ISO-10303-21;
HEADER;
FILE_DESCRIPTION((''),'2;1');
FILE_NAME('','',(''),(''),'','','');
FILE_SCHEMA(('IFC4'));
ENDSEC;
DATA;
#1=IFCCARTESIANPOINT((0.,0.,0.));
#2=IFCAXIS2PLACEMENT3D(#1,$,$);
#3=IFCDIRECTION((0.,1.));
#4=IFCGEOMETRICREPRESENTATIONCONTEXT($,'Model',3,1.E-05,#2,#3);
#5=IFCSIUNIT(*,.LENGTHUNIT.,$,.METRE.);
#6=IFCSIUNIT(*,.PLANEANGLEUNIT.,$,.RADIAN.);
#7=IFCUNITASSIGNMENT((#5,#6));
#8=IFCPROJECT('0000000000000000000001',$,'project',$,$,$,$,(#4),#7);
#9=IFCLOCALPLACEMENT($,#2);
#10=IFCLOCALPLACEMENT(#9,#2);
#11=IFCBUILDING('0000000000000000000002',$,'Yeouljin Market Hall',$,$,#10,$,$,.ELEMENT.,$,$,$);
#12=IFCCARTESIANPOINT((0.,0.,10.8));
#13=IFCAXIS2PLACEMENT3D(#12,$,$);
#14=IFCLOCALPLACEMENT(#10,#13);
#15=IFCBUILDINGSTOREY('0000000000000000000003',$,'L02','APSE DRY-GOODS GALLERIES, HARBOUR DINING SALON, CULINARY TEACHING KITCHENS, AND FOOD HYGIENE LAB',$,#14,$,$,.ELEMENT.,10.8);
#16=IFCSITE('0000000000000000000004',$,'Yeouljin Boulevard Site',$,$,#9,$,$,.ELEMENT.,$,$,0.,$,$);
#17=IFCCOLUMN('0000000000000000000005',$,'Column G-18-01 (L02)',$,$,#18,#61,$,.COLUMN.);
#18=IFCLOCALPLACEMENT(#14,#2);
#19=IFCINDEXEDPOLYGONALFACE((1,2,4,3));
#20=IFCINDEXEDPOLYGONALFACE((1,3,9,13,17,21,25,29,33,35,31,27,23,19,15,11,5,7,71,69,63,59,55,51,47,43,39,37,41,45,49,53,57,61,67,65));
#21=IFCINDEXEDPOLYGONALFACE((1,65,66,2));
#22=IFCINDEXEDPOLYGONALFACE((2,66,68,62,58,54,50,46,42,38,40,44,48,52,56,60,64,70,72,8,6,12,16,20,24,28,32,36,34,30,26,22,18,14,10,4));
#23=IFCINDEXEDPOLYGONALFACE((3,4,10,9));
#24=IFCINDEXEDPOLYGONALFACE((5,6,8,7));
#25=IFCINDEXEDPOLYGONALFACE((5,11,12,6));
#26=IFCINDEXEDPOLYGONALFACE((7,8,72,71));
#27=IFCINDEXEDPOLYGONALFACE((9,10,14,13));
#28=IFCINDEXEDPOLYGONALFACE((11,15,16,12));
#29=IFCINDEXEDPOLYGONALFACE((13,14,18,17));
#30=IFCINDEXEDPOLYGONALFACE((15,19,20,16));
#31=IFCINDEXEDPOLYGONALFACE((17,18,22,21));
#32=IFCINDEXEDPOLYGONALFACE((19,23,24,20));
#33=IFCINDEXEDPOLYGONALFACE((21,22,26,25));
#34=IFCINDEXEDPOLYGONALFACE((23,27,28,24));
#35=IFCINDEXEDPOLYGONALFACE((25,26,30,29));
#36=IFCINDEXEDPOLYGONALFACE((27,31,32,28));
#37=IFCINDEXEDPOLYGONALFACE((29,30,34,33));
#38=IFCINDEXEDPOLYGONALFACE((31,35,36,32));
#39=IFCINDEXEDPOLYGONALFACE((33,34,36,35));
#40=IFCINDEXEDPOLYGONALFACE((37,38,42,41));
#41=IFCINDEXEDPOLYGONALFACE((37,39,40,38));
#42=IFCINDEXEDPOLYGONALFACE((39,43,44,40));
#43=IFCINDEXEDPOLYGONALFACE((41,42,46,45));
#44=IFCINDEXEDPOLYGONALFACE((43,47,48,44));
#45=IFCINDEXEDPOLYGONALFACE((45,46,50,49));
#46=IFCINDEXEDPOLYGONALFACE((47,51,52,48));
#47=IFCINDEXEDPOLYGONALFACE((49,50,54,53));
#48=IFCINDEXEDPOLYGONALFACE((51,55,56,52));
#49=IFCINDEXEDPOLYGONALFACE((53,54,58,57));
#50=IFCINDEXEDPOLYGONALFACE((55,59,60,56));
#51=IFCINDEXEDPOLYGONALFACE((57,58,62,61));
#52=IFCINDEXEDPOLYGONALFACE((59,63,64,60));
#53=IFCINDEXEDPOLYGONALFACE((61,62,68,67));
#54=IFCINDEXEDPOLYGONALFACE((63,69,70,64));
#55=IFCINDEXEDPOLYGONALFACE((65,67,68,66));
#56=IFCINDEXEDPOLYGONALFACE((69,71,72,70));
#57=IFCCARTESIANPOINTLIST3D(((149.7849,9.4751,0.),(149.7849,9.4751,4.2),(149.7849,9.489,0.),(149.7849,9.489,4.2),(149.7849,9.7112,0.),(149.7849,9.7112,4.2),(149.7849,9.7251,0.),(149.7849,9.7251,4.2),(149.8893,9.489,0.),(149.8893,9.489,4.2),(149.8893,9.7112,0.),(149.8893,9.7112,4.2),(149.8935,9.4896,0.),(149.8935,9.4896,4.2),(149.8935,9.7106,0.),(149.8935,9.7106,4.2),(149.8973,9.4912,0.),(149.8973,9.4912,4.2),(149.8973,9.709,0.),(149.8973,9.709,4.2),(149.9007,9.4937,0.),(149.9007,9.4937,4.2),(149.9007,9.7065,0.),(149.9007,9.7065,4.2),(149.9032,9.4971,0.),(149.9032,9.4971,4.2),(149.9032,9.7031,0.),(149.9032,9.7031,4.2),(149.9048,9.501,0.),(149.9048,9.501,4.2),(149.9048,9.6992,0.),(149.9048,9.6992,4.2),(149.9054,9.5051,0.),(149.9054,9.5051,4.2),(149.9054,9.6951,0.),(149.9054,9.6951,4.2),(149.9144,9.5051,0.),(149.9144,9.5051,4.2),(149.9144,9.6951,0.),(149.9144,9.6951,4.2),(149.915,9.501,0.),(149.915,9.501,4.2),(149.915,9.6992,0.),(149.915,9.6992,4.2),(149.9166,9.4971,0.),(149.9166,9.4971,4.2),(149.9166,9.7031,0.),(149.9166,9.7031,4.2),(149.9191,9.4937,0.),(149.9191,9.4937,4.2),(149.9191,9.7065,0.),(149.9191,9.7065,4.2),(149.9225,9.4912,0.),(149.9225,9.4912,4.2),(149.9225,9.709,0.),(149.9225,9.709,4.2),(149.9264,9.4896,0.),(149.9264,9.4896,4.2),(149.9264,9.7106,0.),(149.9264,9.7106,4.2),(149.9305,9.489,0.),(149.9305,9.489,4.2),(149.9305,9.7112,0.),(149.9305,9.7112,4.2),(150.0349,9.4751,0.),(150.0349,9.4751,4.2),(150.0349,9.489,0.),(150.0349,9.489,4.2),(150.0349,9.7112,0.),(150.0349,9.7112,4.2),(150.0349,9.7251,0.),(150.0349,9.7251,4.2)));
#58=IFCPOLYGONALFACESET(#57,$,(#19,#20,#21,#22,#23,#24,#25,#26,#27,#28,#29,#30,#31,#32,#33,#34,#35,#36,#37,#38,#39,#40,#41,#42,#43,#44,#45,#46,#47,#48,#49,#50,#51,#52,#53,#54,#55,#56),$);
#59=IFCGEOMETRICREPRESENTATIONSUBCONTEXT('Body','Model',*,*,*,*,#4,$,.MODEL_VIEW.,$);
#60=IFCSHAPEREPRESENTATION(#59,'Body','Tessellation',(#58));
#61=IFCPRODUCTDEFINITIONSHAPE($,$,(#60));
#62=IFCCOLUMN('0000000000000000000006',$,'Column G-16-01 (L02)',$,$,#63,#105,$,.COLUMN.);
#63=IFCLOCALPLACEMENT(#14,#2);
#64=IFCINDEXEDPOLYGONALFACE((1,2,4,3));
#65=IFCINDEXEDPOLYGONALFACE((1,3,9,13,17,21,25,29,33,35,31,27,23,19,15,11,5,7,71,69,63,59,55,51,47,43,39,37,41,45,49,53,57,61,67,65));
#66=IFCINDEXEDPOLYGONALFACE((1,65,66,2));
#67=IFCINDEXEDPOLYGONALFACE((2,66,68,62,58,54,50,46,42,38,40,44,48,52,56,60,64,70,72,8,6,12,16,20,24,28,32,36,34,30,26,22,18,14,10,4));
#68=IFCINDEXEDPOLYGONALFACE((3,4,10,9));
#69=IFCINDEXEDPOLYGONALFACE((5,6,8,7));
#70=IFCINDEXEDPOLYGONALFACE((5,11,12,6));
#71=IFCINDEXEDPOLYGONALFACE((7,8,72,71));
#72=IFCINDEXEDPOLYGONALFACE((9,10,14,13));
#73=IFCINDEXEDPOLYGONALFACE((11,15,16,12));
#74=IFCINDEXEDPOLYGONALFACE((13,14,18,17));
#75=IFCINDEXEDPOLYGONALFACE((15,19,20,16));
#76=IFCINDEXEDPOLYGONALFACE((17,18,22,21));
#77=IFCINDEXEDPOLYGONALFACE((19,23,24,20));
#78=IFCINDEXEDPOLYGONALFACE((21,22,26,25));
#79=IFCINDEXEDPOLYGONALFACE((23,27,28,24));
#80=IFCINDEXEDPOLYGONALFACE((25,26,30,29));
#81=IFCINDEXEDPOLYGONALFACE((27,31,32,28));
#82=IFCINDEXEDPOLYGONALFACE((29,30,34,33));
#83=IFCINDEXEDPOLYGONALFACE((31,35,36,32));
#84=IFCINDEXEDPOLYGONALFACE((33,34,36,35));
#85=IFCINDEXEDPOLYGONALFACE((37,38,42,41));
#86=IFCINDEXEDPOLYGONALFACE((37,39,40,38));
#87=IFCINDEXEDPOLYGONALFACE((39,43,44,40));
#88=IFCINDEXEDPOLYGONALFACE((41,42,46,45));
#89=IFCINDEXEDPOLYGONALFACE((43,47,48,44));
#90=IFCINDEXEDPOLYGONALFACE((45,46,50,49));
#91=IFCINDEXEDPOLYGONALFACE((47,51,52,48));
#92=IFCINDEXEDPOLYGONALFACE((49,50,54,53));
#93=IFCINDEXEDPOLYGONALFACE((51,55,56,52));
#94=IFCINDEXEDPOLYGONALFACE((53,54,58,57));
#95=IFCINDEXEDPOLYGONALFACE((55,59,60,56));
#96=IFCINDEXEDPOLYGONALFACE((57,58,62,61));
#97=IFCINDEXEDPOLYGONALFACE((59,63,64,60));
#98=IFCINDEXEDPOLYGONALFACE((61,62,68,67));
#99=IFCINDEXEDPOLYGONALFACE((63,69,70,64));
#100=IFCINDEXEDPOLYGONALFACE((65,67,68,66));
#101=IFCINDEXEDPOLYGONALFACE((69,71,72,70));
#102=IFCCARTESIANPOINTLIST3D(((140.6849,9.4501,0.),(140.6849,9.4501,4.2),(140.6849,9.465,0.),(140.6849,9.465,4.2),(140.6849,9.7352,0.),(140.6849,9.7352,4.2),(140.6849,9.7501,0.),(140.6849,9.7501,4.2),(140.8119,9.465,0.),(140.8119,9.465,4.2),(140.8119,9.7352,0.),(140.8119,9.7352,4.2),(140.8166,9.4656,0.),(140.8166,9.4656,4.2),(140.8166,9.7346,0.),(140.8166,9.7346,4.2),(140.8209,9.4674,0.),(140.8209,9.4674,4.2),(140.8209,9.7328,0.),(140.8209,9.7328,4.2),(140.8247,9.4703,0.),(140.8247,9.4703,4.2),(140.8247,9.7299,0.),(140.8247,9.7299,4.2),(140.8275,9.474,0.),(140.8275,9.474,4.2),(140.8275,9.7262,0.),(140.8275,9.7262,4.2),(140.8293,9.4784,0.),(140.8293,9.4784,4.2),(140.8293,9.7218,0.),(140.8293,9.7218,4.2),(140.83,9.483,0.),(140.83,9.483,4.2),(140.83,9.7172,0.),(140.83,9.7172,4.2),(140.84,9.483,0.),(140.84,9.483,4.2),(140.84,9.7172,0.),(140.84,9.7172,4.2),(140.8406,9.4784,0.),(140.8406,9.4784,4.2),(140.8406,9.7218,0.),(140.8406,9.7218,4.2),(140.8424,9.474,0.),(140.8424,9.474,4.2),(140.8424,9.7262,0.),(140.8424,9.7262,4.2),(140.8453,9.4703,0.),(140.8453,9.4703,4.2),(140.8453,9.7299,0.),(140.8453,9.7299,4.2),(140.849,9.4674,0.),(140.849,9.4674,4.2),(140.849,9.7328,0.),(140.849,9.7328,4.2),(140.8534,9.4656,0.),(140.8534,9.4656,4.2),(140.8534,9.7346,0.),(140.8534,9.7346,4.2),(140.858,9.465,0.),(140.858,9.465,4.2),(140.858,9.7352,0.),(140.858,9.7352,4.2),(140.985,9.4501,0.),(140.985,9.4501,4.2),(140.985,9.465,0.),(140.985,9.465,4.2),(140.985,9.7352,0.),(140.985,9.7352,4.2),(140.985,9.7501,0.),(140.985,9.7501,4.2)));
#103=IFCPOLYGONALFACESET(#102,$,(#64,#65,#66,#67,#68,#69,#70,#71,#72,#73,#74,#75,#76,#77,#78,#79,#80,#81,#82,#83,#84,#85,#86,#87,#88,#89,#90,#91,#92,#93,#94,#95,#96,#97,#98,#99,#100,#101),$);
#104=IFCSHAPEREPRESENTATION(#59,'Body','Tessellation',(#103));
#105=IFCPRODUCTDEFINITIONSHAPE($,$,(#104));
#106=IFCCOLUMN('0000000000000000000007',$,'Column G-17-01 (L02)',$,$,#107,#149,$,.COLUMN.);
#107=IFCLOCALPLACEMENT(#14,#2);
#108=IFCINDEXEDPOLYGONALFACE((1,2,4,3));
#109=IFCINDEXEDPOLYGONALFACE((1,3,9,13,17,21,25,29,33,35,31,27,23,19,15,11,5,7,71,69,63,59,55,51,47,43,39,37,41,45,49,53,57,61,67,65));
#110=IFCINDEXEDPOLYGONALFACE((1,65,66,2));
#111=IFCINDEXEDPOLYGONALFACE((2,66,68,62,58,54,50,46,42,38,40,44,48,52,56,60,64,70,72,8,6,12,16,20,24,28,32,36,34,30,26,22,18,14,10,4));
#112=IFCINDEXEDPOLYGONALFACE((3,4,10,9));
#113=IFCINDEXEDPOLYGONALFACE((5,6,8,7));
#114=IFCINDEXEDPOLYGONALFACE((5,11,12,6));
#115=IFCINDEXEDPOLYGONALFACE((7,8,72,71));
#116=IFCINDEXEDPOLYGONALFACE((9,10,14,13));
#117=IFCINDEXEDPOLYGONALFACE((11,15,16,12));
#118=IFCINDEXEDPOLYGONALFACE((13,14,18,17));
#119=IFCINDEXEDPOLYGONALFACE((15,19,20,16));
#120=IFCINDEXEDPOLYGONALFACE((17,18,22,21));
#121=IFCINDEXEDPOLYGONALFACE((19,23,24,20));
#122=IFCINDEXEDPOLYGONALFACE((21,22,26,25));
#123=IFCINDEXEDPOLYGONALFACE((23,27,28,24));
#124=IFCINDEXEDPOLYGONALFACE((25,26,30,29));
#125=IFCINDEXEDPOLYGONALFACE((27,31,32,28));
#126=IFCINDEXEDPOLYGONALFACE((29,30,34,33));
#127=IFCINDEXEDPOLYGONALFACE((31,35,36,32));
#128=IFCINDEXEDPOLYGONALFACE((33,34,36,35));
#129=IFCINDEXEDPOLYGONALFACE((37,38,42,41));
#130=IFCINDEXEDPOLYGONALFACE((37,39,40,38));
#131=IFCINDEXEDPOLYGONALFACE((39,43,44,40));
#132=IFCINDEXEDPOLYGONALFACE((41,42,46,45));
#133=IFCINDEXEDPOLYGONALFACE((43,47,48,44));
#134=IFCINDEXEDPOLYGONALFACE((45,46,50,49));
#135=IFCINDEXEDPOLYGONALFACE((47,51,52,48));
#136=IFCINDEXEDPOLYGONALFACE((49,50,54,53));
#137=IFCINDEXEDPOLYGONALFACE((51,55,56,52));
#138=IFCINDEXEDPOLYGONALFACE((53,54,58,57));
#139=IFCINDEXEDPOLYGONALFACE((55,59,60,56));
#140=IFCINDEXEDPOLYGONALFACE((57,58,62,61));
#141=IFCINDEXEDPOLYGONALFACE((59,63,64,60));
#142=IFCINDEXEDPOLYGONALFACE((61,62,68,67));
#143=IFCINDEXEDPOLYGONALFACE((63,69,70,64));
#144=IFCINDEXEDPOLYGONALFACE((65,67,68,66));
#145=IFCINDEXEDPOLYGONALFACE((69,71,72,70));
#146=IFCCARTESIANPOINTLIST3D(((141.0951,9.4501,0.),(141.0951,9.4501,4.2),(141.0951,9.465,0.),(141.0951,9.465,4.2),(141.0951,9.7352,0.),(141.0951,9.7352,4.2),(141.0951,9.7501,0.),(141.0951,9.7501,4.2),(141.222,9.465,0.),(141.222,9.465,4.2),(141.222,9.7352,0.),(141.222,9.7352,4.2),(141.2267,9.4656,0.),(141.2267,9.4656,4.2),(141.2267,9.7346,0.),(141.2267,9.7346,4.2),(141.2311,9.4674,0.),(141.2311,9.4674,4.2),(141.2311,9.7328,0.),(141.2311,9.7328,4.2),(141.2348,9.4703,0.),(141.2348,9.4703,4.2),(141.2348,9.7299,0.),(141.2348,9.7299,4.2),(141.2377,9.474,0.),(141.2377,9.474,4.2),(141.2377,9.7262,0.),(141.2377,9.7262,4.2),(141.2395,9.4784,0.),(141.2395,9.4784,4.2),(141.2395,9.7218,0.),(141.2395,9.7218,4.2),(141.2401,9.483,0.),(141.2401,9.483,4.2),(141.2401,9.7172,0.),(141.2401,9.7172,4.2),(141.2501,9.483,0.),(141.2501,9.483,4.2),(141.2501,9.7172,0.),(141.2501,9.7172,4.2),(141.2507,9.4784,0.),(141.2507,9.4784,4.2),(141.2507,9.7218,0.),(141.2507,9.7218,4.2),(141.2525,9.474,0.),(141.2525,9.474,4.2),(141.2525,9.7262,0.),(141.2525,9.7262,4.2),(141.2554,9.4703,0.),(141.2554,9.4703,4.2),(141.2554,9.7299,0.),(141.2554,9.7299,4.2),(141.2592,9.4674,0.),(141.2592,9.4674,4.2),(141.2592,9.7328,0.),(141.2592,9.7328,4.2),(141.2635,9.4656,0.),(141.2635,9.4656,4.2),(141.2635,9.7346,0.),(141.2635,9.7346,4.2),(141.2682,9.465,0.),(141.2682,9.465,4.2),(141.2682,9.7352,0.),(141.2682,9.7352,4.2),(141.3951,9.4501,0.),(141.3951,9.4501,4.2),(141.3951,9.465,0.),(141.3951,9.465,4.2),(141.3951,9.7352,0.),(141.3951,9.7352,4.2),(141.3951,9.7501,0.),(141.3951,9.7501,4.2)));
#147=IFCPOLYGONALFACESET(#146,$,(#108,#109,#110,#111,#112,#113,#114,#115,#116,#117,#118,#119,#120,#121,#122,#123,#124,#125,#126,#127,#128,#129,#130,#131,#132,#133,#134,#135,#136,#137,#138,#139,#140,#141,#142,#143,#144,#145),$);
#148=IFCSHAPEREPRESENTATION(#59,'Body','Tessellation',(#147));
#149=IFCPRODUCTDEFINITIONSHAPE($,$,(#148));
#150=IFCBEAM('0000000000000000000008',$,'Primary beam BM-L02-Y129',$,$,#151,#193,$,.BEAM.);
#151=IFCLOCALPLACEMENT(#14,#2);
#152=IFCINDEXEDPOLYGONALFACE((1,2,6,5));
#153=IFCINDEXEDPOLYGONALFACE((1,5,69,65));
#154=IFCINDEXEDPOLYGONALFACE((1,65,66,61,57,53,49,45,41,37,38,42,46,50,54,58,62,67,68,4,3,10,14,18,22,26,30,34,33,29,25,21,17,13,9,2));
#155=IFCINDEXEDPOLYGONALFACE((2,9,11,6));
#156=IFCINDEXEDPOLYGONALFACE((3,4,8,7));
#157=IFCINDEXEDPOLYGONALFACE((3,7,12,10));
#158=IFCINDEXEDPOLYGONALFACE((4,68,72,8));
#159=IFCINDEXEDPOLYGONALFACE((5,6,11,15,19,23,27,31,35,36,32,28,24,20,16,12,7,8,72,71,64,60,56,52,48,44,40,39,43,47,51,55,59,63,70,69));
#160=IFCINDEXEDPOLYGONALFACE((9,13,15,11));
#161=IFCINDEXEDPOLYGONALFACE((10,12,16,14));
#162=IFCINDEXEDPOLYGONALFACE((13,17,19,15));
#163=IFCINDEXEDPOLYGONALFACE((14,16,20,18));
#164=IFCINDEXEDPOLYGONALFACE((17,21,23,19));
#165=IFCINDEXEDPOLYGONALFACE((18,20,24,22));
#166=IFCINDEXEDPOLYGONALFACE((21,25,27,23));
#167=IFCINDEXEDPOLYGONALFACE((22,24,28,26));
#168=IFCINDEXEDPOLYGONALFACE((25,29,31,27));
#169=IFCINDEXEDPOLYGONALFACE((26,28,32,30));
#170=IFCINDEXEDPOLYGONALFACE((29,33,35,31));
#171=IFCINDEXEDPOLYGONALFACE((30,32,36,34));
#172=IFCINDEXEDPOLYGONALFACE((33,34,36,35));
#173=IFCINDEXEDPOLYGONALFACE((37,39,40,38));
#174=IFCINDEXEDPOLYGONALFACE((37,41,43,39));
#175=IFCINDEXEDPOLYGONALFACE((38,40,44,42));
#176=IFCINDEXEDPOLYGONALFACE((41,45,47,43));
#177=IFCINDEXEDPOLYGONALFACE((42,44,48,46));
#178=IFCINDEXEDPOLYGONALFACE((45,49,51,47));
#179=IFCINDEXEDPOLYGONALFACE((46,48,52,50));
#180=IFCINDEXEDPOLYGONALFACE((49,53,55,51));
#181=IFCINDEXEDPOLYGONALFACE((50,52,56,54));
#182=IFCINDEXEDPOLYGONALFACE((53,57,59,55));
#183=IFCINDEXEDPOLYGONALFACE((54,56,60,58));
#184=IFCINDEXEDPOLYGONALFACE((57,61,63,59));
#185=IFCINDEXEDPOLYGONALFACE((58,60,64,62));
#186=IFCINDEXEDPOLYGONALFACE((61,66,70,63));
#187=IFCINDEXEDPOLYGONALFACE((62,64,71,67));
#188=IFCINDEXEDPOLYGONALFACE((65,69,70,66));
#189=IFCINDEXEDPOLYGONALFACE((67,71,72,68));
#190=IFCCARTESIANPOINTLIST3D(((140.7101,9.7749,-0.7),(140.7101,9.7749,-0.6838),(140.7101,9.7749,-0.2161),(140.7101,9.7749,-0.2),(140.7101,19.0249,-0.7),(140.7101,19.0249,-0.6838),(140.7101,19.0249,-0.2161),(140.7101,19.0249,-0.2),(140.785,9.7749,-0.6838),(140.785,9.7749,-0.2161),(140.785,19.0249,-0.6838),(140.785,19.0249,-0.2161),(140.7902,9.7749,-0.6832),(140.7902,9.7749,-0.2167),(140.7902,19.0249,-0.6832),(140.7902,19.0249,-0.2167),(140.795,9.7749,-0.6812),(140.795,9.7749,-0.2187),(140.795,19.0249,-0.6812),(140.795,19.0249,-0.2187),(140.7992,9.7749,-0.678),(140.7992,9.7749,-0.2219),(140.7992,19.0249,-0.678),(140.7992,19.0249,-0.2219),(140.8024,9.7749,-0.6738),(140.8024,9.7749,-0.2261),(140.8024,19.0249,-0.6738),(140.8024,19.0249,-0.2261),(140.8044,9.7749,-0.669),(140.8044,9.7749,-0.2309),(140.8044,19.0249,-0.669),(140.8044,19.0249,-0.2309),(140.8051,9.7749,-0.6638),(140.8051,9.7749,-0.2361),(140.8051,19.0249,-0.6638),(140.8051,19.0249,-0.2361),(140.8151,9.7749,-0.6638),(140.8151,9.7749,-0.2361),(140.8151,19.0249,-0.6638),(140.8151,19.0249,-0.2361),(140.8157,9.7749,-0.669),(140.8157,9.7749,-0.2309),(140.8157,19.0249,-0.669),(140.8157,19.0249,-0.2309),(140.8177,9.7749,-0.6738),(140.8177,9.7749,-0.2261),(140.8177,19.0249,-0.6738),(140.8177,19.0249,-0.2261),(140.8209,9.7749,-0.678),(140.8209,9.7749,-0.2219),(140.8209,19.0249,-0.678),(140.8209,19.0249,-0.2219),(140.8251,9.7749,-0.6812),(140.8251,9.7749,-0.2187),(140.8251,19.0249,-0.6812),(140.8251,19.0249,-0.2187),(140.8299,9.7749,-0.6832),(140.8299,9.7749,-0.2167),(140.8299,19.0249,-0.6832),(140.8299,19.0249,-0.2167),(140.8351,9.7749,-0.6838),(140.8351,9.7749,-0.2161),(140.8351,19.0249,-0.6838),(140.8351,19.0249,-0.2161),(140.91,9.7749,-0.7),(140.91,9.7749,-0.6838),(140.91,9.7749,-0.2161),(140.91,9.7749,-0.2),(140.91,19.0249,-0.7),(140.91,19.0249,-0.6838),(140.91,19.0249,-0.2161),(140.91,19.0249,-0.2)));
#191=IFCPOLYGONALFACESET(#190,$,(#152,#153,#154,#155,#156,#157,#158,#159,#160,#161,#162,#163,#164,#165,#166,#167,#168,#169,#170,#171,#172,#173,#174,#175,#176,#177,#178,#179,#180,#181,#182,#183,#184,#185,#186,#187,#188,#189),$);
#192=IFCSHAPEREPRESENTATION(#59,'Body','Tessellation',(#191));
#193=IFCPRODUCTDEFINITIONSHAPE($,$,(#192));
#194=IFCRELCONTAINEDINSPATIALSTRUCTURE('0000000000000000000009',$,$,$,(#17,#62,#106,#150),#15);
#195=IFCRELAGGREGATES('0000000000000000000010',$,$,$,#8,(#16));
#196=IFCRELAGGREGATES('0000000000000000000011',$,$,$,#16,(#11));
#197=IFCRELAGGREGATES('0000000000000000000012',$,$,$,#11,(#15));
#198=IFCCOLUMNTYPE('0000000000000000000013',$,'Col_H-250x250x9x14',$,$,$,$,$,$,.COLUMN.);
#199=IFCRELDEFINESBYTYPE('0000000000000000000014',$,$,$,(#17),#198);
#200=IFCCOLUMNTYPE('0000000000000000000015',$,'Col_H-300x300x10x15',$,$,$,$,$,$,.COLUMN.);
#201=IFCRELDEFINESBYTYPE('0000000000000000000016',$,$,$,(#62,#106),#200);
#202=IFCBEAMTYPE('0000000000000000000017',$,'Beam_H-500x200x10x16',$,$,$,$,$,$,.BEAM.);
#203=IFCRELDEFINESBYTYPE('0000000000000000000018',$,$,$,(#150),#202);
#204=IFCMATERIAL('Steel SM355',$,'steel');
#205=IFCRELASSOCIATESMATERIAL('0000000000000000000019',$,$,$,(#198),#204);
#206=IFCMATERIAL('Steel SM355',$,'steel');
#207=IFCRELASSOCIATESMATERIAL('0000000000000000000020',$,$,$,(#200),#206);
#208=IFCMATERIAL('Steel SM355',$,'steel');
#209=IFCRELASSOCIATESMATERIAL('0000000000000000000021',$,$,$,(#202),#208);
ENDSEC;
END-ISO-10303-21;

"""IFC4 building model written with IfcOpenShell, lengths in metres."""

from ifc_helpers import new_model, si_unit, direction, frame, origin, origin_2d, place, context, subcontext, project, spatial, i_section, extrude, material, material_profile, profile_set, type_object, element, save


model = new_model("IFC4")

# Units and contexts
model_context = context("Model", 3, precision=1e-05, world=origin(), true_north=direction((0.0, 1.0)))
body_context = subcontext(model_context, "Body", "Model", "MODEL_VIEW")
ifc_project = project(units=[si_unit("LENGTHUNIT", "METRE"), si_unit("PLANEANGLEUNIT", "RADIAN")], contexts=[model_context])

# Site, building, storey
site_placement = place(None, origin())
site = spatial("IfcSite", under=ifc_project, at=site_placement, Name="Yeouljin Boulevard Site", CompositionType="ELEMENT", RefElevation=0.0)
building_placement = place(site_placement, origin())
building = spatial("IfcBuilding", under=site, at=building_placement, Name="Yeouljin Market Hall", CompositionType="ELEMENT")
storey_placement = place(building_placement, frame((0.0, 0.0, 10.8)))
storey = spatial("IfcBuildingStorey", under=building, at=storey_placement, Name="L02", Description="APSE DRY-GOODS GALLERIES, HARBOUR DINING SALON, CULINARY TEACHING KITCHENS, AND FOOD HYGIENE LAB", CompositionType="ELEMENT", Elevation=10.8)

# Columns
ifc_material_1 = material(Name="Steel SM355", Category="steel")
ifc_material_profile_1 = material_profile(ifc_material_1, i_section(OverallWidth=0.25, OverallDepth=0.25, WebThickness=0.009, FlangeThickness=0.0139, FilletRadius=0.0161, at=origin_2d()), Name="H-250x250x9x14")
ifc_profile_set_1 = profile_set([ifc_material_profile_1], Name="Steel SM355")
column_type_1 = type_object("IfcColumnType", Name="Col_H-250x250x9x14", PredefinedType="COLUMN", material=ifc_profile_set_1)
column_placement = place(storey_placement, frame((149.9099, 9.6001, 0.0), z_axis=(0.0, 0.0, 1.0), x_axis=(1.0, 0.0, 0.0)))
element("IfcColumn", 1, at=column_placement, inside=storey, type_object=column_type_1, Name="Column G-18-01 (L02)", PredefinedType="COLUMN", context=body_context, shape_type="SweptSolid", body=[
    extrude(i_section(OverallWidth=0.25, OverallDepth=0.25, WebThickness=0.009, FlangeThickness=0.0139, FilletRadius=0.0161, at=origin_2d()), origin(), (0.0, 0.0, 1.0), 4.2),
])
ifc_material_2 = material(Name="Steel SM355", Category="steel")
ifc_material_profile_2 = material_profile(ifc_material_2, i_section(OverallWidth=0.3, OverallDepth=0.3, WebThickness=0.01, FlangeThickness=0.0149, FilletRadius=0.0181, at=origin_2d()), Name="H-300x300x10x15")
ifc_profile_set_2 = profile_set([ifc_material_profile_2], Name="Steel SM355")
column_type_2 = type_object("IfcColumnType", Name="Col_H-300x300x10x15", PredefinedType="COLUMN", material=ifc_profile_set_2)
for number, where, z_axis, x_axis, name in (
    (2, (140.835, 9.6001, 0.0), (0.0, 0.0, 1.0), (1.0, 0.0, 0.0), "Column G-16-01 (L02)"),
    (3, (141.2451, 9.6001, 0.0), (0.0, 0.0, 1.0), (1.0, 0.0, 0.0), "Column G-17-01 (L02)"),
):
    element("IfcColumn", number, at=place(storey_placement, frame(where, z_axis=z_axis, x_axis=x_axis)), inside=storey, type_object=column_type_2, Name=name, PredefinedType="COLUMN", context=body_context, shape_type="SweptSolid", body=[
        extrude(i_section(OverallWidth=0.3, OverallDepth=0.3, WebThickness=0.01, FlangeThickness=0.0149, FilletRadius=0.0181, at=origin_2d()), origin(), (0.0, 0.0, 1.0), 4.2),
    ])

# Beam
ifc_material_3 = material(Name="Steel SM355", Category="steel")
ifc_material_profile_3 = material_profile(ifc_material_3, i_section(OverallWidth=0.2, OverallDepth=0.5, WebThickness=0.01, FlangeThickness=0.0161, FilletRadius=0.02, at=origin_2d()), Name="H-500x200x10x16")
ifc_profile_set_3 = profile_set([ifc_material_profile_3], Name="Steel SM355")
beam_type_1 = type_object("IfcBeamType", Name="Beam_H-500x200x10x16", PredefinedType="BEAM", material=ifc_profile_set_3)
for number, where, z_axis, x_axis, name in (
    (4, (140.8101, 9.7749, -0.45), (0.0, 1.0, 0.0), (-1.0, 0.0, 0.0), "Primary beam BM-L02-Y129"),
):
    element("IfcBeam", number, at=place(storey_placement, frame(where, z_axis=z_axis, x_axis=x_axis)), inside=storey, type_object=beam_type_1, Name=name, PredefinedType="BEAM", context=body_context, shape_type="SweptSolid", body=[
        extrude(i_section(OverallWidth=0.2, OverallDepth=0.5, WebThickness=0.01, FlangeThickness=0.0161, FilletRadius=0.02, at=origin_2d()), origin(), (0.0, 0.0, 1.0), 9.25),
    ])

save(model, "model.ifc")
